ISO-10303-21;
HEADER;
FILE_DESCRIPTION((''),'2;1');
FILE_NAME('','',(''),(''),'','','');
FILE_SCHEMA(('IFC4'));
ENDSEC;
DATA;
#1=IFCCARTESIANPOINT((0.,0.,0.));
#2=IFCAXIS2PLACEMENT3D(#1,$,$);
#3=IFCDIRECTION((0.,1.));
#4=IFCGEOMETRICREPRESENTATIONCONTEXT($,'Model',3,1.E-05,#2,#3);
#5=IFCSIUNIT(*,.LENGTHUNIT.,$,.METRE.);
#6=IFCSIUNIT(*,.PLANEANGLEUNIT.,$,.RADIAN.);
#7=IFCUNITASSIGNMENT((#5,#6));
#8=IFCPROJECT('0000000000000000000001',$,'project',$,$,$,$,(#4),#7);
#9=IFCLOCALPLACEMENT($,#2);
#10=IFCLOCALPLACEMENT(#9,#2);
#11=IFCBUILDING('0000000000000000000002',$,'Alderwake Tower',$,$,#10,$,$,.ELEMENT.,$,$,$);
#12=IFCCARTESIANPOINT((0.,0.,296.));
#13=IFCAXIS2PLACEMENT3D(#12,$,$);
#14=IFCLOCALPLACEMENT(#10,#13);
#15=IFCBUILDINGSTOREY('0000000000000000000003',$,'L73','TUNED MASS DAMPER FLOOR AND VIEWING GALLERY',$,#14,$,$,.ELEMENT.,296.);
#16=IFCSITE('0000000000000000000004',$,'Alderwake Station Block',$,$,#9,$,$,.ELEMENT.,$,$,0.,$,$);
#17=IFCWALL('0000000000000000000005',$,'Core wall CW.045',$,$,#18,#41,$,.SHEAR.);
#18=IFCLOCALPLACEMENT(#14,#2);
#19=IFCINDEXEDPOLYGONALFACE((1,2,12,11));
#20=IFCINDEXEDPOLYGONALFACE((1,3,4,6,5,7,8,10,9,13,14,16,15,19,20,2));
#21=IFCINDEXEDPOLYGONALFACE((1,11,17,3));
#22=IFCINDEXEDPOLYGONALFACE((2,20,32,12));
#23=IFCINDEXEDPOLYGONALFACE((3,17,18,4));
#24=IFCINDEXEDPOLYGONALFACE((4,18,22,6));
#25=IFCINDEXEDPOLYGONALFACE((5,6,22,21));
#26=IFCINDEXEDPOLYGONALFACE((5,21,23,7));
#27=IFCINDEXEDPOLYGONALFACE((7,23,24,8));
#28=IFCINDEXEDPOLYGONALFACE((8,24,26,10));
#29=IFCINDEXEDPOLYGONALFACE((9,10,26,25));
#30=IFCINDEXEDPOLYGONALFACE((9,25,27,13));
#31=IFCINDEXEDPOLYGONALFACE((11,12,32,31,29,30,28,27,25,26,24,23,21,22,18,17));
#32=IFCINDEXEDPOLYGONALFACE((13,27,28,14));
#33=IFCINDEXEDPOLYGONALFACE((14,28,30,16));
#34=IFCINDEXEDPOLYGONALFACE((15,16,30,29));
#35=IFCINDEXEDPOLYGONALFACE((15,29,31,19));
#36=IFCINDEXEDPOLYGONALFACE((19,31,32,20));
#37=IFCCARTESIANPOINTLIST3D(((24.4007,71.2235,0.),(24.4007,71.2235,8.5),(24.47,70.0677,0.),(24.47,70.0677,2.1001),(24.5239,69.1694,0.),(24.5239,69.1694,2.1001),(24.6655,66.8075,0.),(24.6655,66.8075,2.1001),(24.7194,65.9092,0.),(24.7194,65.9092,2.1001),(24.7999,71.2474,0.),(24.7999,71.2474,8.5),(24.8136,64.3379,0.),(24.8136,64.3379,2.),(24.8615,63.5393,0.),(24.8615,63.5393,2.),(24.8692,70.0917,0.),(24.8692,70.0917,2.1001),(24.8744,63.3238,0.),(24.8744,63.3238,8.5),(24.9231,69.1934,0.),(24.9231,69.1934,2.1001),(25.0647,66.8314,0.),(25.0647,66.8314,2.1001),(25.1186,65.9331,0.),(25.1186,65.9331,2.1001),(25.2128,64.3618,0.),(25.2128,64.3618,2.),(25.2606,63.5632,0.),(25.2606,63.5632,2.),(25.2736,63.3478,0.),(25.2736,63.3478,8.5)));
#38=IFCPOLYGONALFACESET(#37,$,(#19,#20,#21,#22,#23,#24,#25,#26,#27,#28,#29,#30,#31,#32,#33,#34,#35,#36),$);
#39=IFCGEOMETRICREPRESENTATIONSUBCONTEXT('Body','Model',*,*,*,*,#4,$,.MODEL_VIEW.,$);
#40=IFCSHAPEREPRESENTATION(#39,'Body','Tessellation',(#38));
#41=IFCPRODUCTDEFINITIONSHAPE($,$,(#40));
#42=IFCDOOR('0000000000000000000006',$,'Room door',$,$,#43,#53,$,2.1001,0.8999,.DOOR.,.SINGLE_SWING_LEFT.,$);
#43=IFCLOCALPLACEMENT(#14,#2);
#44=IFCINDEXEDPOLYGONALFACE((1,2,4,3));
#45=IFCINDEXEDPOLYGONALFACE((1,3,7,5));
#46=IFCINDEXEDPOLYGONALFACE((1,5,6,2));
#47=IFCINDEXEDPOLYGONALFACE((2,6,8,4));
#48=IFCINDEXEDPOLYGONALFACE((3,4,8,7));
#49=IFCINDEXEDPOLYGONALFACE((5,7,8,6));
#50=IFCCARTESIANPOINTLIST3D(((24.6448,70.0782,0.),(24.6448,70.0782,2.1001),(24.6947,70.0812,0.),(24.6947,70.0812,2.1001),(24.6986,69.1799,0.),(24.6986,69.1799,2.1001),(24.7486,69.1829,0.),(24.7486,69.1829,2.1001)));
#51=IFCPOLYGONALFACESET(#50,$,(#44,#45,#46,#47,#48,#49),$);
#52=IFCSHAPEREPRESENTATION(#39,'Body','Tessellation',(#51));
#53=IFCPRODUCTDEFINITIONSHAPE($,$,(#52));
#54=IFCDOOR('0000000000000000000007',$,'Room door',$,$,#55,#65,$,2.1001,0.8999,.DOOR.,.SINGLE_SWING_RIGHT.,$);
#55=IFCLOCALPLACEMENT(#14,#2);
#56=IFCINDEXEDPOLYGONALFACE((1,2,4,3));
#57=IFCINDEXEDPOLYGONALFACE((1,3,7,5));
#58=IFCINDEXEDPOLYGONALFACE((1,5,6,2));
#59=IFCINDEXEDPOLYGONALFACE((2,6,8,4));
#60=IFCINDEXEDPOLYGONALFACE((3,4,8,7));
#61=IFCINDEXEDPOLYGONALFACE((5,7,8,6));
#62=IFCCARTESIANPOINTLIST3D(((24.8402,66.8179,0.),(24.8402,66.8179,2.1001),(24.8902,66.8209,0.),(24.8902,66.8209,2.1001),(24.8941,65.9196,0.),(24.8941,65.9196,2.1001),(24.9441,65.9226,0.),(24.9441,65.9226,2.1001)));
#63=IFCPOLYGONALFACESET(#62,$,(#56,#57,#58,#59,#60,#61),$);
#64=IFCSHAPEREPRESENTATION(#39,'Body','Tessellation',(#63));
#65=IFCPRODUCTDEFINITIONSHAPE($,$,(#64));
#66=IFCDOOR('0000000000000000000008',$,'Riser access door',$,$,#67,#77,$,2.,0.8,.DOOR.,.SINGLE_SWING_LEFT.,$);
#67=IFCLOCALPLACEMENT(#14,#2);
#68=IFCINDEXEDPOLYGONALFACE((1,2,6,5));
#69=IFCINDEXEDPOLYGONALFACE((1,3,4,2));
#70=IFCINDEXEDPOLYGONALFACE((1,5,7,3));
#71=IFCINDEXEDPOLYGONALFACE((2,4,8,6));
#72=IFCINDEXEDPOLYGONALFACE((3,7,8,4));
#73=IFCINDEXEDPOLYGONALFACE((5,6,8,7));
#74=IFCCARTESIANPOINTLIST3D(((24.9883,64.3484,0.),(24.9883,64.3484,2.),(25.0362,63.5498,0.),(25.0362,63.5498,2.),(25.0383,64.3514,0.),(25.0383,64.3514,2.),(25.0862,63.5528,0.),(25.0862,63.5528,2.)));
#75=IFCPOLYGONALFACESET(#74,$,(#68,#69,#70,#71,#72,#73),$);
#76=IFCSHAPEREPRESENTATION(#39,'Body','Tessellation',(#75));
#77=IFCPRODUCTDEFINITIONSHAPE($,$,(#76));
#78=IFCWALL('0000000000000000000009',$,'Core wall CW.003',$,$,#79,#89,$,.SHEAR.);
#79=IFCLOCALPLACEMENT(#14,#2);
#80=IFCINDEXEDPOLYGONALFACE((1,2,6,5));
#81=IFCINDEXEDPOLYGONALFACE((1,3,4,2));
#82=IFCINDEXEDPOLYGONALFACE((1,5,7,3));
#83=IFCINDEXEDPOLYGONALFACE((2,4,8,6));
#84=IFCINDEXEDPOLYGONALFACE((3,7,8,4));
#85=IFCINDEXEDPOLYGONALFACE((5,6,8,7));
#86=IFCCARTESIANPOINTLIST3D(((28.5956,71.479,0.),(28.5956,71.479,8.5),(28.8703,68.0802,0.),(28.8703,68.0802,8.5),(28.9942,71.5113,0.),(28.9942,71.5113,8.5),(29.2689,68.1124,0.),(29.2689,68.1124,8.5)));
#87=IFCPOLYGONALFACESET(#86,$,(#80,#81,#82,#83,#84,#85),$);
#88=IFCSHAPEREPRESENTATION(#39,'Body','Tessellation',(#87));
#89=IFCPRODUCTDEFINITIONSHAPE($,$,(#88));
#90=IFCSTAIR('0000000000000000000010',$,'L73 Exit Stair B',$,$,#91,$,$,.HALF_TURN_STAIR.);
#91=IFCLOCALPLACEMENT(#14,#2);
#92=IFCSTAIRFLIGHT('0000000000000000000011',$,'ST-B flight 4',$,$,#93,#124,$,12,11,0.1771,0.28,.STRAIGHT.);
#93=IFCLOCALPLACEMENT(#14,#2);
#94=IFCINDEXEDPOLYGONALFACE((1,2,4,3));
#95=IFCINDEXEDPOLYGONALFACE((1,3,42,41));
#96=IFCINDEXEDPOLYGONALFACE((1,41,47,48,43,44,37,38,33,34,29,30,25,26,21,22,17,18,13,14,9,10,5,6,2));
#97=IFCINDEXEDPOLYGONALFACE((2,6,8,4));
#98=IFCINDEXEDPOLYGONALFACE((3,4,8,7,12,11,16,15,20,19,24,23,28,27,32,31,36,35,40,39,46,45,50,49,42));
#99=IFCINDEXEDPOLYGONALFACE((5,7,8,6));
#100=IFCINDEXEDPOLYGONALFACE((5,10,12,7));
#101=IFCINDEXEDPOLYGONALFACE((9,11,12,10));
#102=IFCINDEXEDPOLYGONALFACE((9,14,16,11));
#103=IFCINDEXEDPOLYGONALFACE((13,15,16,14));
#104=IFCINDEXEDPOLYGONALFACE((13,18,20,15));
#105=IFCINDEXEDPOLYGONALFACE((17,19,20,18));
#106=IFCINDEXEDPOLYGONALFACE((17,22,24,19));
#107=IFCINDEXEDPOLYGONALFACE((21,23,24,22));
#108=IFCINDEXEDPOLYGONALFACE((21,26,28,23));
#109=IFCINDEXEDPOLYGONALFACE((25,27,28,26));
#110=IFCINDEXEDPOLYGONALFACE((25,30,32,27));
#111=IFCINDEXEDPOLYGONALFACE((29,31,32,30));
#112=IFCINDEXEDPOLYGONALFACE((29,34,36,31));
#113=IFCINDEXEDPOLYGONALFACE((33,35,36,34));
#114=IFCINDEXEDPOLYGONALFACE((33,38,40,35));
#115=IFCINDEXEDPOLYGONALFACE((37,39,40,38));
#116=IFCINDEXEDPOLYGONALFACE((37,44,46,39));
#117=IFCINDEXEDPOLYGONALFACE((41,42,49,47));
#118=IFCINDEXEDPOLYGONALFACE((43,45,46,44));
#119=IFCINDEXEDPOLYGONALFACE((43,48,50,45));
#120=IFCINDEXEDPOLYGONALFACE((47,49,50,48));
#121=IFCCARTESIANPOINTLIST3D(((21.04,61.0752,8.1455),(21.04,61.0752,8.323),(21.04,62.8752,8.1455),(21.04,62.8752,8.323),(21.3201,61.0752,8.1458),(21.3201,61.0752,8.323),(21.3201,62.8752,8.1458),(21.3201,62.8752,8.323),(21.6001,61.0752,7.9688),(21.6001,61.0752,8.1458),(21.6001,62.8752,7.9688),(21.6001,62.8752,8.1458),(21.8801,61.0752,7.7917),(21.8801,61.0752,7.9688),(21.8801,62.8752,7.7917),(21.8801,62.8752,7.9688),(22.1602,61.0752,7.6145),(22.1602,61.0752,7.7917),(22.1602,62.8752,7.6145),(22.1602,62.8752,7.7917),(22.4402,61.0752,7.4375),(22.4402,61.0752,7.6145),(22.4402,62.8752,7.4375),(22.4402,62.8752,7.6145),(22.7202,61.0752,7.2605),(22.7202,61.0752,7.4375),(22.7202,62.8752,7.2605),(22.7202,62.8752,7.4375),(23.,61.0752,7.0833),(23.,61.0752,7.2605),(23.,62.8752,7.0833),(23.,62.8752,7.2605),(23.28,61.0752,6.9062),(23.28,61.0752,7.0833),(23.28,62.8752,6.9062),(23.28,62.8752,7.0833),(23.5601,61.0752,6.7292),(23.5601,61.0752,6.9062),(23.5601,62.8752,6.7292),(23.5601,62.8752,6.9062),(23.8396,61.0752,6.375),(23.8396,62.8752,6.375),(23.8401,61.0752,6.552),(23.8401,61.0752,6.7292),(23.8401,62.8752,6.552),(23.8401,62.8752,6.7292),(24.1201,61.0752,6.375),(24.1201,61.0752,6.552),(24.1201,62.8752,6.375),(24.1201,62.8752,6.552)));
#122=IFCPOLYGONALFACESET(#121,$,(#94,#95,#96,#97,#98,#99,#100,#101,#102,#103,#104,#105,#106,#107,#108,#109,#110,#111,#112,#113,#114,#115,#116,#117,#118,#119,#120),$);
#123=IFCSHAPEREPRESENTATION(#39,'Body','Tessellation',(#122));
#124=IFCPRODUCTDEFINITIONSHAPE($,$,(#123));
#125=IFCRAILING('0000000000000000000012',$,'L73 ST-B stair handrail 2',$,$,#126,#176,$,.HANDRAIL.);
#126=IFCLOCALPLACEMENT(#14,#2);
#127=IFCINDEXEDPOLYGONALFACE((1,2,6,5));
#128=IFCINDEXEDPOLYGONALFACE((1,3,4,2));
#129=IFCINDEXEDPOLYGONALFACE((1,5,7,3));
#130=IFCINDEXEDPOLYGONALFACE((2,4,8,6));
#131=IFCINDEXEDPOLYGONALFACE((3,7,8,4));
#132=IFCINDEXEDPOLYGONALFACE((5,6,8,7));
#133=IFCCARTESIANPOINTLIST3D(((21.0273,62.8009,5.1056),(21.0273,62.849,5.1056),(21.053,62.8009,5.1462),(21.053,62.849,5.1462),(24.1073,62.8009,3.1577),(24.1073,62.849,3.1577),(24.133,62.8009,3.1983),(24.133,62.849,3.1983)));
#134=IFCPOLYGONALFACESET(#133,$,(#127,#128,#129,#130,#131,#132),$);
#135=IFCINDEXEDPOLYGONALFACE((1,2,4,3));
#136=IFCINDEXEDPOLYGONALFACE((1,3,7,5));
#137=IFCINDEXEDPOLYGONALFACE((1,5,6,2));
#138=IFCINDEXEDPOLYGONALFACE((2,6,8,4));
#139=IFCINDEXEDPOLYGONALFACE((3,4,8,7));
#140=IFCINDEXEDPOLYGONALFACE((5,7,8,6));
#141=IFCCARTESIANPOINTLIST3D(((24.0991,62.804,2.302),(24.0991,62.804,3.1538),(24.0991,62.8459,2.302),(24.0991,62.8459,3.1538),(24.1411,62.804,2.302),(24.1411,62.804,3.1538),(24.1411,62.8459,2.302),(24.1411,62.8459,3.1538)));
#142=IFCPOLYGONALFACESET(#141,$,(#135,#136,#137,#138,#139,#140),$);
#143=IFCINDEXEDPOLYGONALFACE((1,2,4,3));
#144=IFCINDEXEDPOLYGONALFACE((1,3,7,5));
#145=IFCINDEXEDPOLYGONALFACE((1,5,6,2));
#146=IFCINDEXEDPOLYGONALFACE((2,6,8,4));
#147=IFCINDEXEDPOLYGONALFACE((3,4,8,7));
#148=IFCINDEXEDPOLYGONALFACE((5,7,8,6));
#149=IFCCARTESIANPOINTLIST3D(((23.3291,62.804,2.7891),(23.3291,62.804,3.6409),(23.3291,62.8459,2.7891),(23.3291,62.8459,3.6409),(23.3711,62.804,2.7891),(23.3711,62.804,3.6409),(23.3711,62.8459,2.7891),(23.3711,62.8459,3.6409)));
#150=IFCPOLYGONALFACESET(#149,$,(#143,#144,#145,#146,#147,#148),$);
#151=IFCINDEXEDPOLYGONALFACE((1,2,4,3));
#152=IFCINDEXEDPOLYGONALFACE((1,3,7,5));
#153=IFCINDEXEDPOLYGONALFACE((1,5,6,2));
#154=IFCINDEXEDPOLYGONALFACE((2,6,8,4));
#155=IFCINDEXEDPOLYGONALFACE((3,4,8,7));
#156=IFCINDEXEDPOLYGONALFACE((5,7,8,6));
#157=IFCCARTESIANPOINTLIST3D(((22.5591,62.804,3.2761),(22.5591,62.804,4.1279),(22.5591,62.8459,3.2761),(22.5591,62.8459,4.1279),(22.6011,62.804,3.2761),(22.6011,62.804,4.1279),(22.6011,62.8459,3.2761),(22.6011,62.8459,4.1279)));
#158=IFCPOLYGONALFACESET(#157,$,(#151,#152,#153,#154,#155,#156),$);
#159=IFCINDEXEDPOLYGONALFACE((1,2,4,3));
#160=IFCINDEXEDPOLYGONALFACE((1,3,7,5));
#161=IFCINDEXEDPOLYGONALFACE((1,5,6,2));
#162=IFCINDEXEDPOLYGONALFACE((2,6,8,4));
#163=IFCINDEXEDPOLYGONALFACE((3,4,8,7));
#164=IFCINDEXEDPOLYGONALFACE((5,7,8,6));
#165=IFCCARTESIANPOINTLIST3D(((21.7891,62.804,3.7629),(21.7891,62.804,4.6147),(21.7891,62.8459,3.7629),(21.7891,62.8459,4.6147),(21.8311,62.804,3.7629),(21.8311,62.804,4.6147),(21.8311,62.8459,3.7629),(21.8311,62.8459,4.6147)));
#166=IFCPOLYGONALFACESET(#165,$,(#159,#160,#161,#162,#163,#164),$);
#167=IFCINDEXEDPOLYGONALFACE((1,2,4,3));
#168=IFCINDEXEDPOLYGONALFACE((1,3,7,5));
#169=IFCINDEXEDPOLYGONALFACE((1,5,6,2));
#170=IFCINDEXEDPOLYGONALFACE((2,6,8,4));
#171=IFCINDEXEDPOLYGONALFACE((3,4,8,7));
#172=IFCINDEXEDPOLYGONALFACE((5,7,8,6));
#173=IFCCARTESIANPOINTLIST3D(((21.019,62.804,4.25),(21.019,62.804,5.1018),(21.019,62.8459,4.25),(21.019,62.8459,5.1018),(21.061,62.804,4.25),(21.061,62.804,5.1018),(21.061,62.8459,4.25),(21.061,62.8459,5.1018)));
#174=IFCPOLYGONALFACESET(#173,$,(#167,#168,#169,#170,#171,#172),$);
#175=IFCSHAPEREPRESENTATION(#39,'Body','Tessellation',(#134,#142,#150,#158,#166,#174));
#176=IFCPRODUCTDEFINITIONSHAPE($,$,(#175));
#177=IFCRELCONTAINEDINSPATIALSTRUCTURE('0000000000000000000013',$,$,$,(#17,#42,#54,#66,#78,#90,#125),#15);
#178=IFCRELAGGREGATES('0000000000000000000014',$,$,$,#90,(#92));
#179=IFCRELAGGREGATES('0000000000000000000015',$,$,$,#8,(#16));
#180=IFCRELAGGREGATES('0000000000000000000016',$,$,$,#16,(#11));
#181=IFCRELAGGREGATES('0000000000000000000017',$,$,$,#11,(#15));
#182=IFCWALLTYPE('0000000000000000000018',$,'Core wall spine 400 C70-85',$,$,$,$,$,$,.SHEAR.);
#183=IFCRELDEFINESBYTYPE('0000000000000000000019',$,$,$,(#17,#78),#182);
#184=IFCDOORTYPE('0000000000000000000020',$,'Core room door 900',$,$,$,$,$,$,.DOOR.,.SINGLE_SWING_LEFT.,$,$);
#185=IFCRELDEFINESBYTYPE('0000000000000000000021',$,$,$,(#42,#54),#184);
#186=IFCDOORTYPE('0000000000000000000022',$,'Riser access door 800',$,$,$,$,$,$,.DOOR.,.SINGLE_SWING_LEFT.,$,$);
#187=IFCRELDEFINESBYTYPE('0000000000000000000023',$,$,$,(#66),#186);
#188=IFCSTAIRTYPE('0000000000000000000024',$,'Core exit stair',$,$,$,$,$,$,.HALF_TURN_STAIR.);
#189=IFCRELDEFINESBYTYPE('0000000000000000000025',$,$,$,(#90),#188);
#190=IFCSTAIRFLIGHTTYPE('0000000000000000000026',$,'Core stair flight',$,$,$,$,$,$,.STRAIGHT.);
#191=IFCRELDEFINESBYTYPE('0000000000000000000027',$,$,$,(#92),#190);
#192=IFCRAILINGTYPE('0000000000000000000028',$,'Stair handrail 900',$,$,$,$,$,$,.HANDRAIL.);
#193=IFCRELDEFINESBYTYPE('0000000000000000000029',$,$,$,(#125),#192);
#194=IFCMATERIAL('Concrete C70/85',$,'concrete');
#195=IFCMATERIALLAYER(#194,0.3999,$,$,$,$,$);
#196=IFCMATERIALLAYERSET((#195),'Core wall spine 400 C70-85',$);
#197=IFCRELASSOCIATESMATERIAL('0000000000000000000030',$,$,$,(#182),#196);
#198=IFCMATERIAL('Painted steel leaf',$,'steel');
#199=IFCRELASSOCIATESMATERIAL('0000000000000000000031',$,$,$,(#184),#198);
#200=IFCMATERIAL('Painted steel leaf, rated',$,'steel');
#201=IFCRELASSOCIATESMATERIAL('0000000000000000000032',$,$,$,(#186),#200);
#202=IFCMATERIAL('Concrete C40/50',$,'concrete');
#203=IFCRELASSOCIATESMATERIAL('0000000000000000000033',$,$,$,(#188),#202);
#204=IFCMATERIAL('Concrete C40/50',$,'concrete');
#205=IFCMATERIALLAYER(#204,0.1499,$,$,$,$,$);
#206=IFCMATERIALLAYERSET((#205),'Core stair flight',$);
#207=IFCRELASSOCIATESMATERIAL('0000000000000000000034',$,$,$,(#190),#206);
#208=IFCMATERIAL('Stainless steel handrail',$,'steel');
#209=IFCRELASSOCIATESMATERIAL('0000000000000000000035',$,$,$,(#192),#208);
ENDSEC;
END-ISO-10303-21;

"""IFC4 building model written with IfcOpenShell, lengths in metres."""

from ifc_helpers import new_model, si_unit, direction, frame, frame_2d, origin, origin_2d, place, context, subcontext, project, spatial, polyline, rectangle, outline, extrude, material, layer, layer_set, type_object, element, fill, aggregate, save


model = new_model("IFC4")

# Units and contexts
model_context = context("Model", 3, precision=1e-05, world=origin(), true_north=direction((0.0, 1.0)))
body_context = subcontext(model_context, "Body", "Model", "MODEL_VIEW")
ifc_project = project(units=[si_unit("LENGTHUNIT", "METRE"), si_unit("PLANEANGLEUNIT", "RADIAN")], contexts=[model_context])

# Site, building, storey
site_placement = place(None, origin())
site = spatial("IfcSite", under=ifc_project, at=site_placement, Name="Alderwake Station Block", CompositionType="ELEMENT", RefElevation=0.0)
building_placement = place(site_placement, origin())
building = spatial("IfcBuilding", under=site, at=building_placement, Name="Alderwake Tower", CompositionType="ELEMENT")
storey_placement = place(building_placement, frame((0.0, 0.0, 296.0)))
storey = spatial("IfcBuildingStorey", under=building, at=storey_placement, Name="L73", Description="TUNED MASS DAMPER FLOOR AND VIEWING GALLERY", CompositionType="ELEMENT", Elevation=296.0)

# Wall, openings, doors
ifc_material_1 = material(Name="Concrete C70/85", Category="concrete")
ifc_layer_1 = layer(ifc_material_1, 0.3999)
ifc_layer_set_1 = layer_set([ifc_layer_1], Name="Core wall spine 400 C70-85")
wall_type_1 = type_object("IfcWallType", Name="Core wall spine 400 C70-85", PredefinedType="SHEAR", material=ifc_layer_set_1)
wall_1_placement = place(storey_placement, frame((25.074, 63.3357, 0.0), z_axis=(0.0, 0.0, 1.0), x_axis=(-0.059849, 0.998207, 0.0)))
wall_1 = element("IfcWall", 1, at=wall_1_placement, inside=storey, type_object=wall_type_1, Name="Core wall CW.045", PredefinedType="SHEAR", context=body_context, shape_type="SweptSolid", body=[
    extrude(rectangle(XDim=7.9138, YDim=0.3999, at=frame_2d((3.957, 0.0))), origin(), (0.0, 0.0, 1.0), 8.5),
])
opening_1_placement = place(wall_1_placement, frame((0.2161, 0.0, 0.0)))
opening_1 = element("IfcOpeningElement", 2, at=opening_1_placement, cuts=wall_1, PredefinedType="OPENING", context=body_context, shape_type="SweptSolid", body=[
    extrude(rectangle(XDim=0.8, YDim=2.0, at=frame_2d((0.3999, 1.0))), frame((0.0, 0.21, 0.0), z_axis=(0.0, -1.0, 0.0), x_axis=(1.0, 0.0, 0.0)), (0.0, 0.0, 1.0), 0.4199),
])
opening_2_placement = place(wall_1_placement, frame((5.8562, 0.0, 0.0)))
opening_2 = element("IfcOpeningElement", 3, at=opening_2_placement, cuts=wall_1, PredefinedType="OPENING", context=body_context, shape_type="SweptSolid", body=[
    extrude(rectangle(XDim=0.8999, YDim=2.1001, at=frame_2d((0.45, 1.05))), frame((0.0, 0.21, 0.0), z_axis=(0.0, -1.0, 0.0), x_axis=(1.0, 0.0, 0.0)), (0.0, 0.0, 1.0), 0.4199),
])
opening_3_placement = place(wall_1_placement, frame((2.5901, 0.0, 0.0)))
opening_3 = element("IfcOpeningElement", 4, at=opening_3_placement, cuts=wall_1, PredefinedType="OPENING", context=body_context, shape_type="SweptSolid", body=[
    extrude(rectangle(XDim=0.8999, YDim=2.1001, at=frame_2d((0.45, 1.05))), frame((0.0, 0.21, 0.0), z_axis=(0.0, -1.0, 0.0), x_axis=(1.0, 0.0, 0.0)), (0.0, 0.0, 1.0), 0.4199),
])
ifc_material_2 = material(Name="Painted steel leaf", Category="steel")
door_type_1 = type_object("IfcDoorType", Name="Core room door 900", OperationType="SINGLE_SWING_LEFT", PredefinedType="DOOR", material=ifc_material_2)
door_1_placement = place(opening_2_placement, origin())
door_1 = element("IfcDoor", 5, at=door_1_placement, inside=storey, type_object=door_type_1, Name="Room door", OperationType="SINGLE_SWING_LEFT", OverallHeight=2.1001, OverallWidth=0.8999, PredefinedType="DOOR", context=body_context, shape_type="SweptSolid", body=[
    extrude(rectangle(XDim=0.8999, YDim=2.1001, at=frame_2d((0.45, 1.05))), frame((0.0, 0.0249, 0.0), z_axis=(0.0, -1.0, 0.0), x_axis=(1.0, 0.0, 0.0)), (0.0, 0.0, 1.0), 0.05),
])
fill(opening_2, door_1)
door_2_placement = place(opening_3_placement, origin())
door_2 = element("IfcDoor", 6, at=door_2_placement, inside=storey, type_object=door_type_1, Name="Room door", OperationType="SINGLE_SWING_RIGHT", OverallHeight=2.1001, OverallWidth=0.8999, PredefinedType="DOOR", context=body_context, shape_type="SweptSolid", body=[
    extrude(rectangle(XDim=0.8999, YDim=2.1001, at=frame_2d((0.45, 1.05))), frame((0.0, 0.0249, 0.0), z_axis=(0.0, -1.0, 0.0), x_axis=(1.0, 0.0, 0.0)), (0.0, 0.0, 1.0), 0.05),
])
fill(opening_3, door_2)
ifc_material_3 = material(Name="Painted steel leaf, rated", Category="steel")
door_type_2 = type_object("IfcDoorType", Name="Riser access door 800", OperationType="SINGLE_SWING_LEFT", PredefinedType="DOOR", material=ifc_material_3)
door_3_placement = place(opening_1_placement, origin())
door_3 = element("IfcDoor", 7, at=door_3_placement, inside=storey, type_object=door_type_2, Name="Riser access door", OperationType="SINGLE_SWING_LEFT", OverallHeight=2.0, OverallWidth=0.8, PredefinedType="DOOR", context=body_context, shape_type="SweptSolid", body=[
    extrude(rectangle(XDim=0.8, YDim=2.0, at=frame_2d((0.3999, 1.0))), frame((0.0, 0.0249, 0.0), z_axis=(0.0, -1.0, 0.0), x_axis=(1.0, 0.0, 0.0)), (0.0, 0.0, 1.0), 0.05),
])
fill(opening_1, door_3)

# Wall
wall_2_placement = place(storey_placement, frame((29.0696, 68.0962, 0.0), z_axis=(0.0, 0.0, 1.0), x_axis=(-0.080545, 0.996751, 0.0)))
element("IfcWall", 8, at=wall_2_placement, inside=storey, type_object=wall_type_1, Name="Core wall CW.003", PredefinedType="SHEAR", context=body_context, shape_type="SweptSolid", body=[
    extrude(rectangle(XDim=3.4099, YDim=0.3999, at=frame_2d((1.7051, 0.0))), origin(), (0.0, 0.0, 1.0), 8.5),
])

# Stair, stair flight
ifc_material_4 = material(Name="Concrete C40/50", Category="concrete")
stair_type = type_object("IfcStairType", Name="Core exit stair", PredefinedType="HALF_TURN_STAIR", material=ifc_material_4)
stair_placement = place(storey_placement, origin())
stair = element("IfcStair", 9, at=stair_placement, inside=storey, type_object=stair_type, Name="L73 Exit Stair B", PredefinedType="HALF_TURN_STAIR")
ifc_material_5 = material(Name="Concrete C40/50", Category="concrete")
ifc_layer_2 = layer(ifc_material_5, 0.1499)
ifc_layer_set_2 = layer_set([ifc_layer_2], Name="Core stair flight")
stair_flight_type = type_object("IfcStairFlightType", Name="Core stair flight", PredefinedType="STRAIGHT", material=ifc_layer_set_2)
stair_flight_placement = place(storey_placement, frame((24.1201, 61.9751, 6.375), z_axis=(0.0, 0.0, 1.0), x_axis=(-1.0, 0.0, 0.0)))
stair_flight = element("IfcStairFlight", 10, at=stair_flight_placement, type_object=stair_flight_type, Name="ST-B flight 4", NumberOfRisers=12, NumberOfTreads=11, PredefinedType="STRAIGHT", RiserHeight=0.1771, TreadLength=0.28, context=body_context, shape_type="SweptSolid", body=[
    extrude(outline(polyline([(0.0, 0.0), (0.0, 0.177), (0.28, 0.177), (0.28, 0.3542), (0.5601, 0.3542), (0.5601, 0.5312), (0.8401, 0.5312), (0.8401, 0.7083), (1.1201, 0.7083), (1.1201, 0.8855), (1.3999, 0.8855), (1.3999, 1.0625), (1.6799, 1.0625), (1.6799, 1.2395), (1.96, 1.2395), (1.96, 1.4167), (2.24, 1.4167), (2.24, 1.5938), (2.52, 1.5938), (2.52, 1.7708), (2.8, 1.7708), (2.8, 1.948), (3.0801, 1.948), (3.0801, 2.125), (3.0801, 1.7705), (0.2805, 0.0), (0.0, 0.0)])), frame((0.0, 0.8999, 0.0), z_axis=(0.0, -1.0, 0.0), x_axis=(1.0, 0.0, 0.0)), (0.0, 0.0, 1.0), 1.8),
])
aggregate(stair, [stair_flight])

# Railing
ifc_material_6 = material(Name="Stainless steel handrail", Category="steel")
railing_type = type_object("IfcRailingType", Name="Stair handrail 900", PredefinedType="HANDRAIL", material=ifc_material_6)
for number, where, name in (
    (11, (24.1201, 62.825, 2.302), "L73 ST-B stair handrail 2"),
):
    element("IfcRailing", number, at=place(storey_placement, frame(where)), inside=storey, type_object=railing_type, Name=name, PredefinedType="HANDRAIL", context=body_context, shape_type="SweptSolid", body=[
        extrude(rectangle(XDim=0.0481, YDim=0.0481, at=origin_2d()), frame((0.0, 0.0, 0.876), z_axis=(-0.845156, 0.0, 0.53452), x_axis=(0.0, -1.0, 0.0)), (0.0, 0.0, 1.0), 3.6443),
        extrude(rectangle(XDim=0.042, YDim=0.042, at=origin_2d()), frame((0.0, 0.0, 0.0), z_axis=(0.0, 0.0, 1.0), x_axis=(-1.0, 0.0, 0.0)), (0.0, 0.0, 1.0), 0.8518),
        extrude(rectangle(XDim=0.042, YDim=0.042, at=origin_2d()), frame((-0.77, 0.0, 0.4871), z_axis=(0.0, 0.0, 1.0), x_axis=(-1.0, 0.0, 0.0)), (0.0, 0.0, 1.0), 0.8518),
        extrude(rectangle(XDim=0.042, YDim=0.042, at=origin_2d()), frame((-1.54, 0.0, 0.9741), z_axis=(0.0, 0.0, 1.0), x_axis=(-1.0, 0.0, 0.0)), (0.0, 0.0, 1.0), 0.8518),
        extrude(rectangle(XDim=0.042, YDim=0.042, at=origin_2d()), frame((-2.3101, 0.0, 1.4609), z_axis=(0.0, 0.0, 1.0), x_axis=(-1.0, 0.0, 0.0)), (0.0, 0.0, 1.0), 0.8518),
        extrude(rectangle(XDim=0.042, YDim=0.042, at=origin_2d()), frame((-3.0801, 0.0, 1.948), z_axis=(0.0, 0.0, 1.0), x_axis=(-1.0, 0.0, 0.0)), (0.0, 0.0, 1.0), 0.8518),
    ])

save(model, "model.ifc")
